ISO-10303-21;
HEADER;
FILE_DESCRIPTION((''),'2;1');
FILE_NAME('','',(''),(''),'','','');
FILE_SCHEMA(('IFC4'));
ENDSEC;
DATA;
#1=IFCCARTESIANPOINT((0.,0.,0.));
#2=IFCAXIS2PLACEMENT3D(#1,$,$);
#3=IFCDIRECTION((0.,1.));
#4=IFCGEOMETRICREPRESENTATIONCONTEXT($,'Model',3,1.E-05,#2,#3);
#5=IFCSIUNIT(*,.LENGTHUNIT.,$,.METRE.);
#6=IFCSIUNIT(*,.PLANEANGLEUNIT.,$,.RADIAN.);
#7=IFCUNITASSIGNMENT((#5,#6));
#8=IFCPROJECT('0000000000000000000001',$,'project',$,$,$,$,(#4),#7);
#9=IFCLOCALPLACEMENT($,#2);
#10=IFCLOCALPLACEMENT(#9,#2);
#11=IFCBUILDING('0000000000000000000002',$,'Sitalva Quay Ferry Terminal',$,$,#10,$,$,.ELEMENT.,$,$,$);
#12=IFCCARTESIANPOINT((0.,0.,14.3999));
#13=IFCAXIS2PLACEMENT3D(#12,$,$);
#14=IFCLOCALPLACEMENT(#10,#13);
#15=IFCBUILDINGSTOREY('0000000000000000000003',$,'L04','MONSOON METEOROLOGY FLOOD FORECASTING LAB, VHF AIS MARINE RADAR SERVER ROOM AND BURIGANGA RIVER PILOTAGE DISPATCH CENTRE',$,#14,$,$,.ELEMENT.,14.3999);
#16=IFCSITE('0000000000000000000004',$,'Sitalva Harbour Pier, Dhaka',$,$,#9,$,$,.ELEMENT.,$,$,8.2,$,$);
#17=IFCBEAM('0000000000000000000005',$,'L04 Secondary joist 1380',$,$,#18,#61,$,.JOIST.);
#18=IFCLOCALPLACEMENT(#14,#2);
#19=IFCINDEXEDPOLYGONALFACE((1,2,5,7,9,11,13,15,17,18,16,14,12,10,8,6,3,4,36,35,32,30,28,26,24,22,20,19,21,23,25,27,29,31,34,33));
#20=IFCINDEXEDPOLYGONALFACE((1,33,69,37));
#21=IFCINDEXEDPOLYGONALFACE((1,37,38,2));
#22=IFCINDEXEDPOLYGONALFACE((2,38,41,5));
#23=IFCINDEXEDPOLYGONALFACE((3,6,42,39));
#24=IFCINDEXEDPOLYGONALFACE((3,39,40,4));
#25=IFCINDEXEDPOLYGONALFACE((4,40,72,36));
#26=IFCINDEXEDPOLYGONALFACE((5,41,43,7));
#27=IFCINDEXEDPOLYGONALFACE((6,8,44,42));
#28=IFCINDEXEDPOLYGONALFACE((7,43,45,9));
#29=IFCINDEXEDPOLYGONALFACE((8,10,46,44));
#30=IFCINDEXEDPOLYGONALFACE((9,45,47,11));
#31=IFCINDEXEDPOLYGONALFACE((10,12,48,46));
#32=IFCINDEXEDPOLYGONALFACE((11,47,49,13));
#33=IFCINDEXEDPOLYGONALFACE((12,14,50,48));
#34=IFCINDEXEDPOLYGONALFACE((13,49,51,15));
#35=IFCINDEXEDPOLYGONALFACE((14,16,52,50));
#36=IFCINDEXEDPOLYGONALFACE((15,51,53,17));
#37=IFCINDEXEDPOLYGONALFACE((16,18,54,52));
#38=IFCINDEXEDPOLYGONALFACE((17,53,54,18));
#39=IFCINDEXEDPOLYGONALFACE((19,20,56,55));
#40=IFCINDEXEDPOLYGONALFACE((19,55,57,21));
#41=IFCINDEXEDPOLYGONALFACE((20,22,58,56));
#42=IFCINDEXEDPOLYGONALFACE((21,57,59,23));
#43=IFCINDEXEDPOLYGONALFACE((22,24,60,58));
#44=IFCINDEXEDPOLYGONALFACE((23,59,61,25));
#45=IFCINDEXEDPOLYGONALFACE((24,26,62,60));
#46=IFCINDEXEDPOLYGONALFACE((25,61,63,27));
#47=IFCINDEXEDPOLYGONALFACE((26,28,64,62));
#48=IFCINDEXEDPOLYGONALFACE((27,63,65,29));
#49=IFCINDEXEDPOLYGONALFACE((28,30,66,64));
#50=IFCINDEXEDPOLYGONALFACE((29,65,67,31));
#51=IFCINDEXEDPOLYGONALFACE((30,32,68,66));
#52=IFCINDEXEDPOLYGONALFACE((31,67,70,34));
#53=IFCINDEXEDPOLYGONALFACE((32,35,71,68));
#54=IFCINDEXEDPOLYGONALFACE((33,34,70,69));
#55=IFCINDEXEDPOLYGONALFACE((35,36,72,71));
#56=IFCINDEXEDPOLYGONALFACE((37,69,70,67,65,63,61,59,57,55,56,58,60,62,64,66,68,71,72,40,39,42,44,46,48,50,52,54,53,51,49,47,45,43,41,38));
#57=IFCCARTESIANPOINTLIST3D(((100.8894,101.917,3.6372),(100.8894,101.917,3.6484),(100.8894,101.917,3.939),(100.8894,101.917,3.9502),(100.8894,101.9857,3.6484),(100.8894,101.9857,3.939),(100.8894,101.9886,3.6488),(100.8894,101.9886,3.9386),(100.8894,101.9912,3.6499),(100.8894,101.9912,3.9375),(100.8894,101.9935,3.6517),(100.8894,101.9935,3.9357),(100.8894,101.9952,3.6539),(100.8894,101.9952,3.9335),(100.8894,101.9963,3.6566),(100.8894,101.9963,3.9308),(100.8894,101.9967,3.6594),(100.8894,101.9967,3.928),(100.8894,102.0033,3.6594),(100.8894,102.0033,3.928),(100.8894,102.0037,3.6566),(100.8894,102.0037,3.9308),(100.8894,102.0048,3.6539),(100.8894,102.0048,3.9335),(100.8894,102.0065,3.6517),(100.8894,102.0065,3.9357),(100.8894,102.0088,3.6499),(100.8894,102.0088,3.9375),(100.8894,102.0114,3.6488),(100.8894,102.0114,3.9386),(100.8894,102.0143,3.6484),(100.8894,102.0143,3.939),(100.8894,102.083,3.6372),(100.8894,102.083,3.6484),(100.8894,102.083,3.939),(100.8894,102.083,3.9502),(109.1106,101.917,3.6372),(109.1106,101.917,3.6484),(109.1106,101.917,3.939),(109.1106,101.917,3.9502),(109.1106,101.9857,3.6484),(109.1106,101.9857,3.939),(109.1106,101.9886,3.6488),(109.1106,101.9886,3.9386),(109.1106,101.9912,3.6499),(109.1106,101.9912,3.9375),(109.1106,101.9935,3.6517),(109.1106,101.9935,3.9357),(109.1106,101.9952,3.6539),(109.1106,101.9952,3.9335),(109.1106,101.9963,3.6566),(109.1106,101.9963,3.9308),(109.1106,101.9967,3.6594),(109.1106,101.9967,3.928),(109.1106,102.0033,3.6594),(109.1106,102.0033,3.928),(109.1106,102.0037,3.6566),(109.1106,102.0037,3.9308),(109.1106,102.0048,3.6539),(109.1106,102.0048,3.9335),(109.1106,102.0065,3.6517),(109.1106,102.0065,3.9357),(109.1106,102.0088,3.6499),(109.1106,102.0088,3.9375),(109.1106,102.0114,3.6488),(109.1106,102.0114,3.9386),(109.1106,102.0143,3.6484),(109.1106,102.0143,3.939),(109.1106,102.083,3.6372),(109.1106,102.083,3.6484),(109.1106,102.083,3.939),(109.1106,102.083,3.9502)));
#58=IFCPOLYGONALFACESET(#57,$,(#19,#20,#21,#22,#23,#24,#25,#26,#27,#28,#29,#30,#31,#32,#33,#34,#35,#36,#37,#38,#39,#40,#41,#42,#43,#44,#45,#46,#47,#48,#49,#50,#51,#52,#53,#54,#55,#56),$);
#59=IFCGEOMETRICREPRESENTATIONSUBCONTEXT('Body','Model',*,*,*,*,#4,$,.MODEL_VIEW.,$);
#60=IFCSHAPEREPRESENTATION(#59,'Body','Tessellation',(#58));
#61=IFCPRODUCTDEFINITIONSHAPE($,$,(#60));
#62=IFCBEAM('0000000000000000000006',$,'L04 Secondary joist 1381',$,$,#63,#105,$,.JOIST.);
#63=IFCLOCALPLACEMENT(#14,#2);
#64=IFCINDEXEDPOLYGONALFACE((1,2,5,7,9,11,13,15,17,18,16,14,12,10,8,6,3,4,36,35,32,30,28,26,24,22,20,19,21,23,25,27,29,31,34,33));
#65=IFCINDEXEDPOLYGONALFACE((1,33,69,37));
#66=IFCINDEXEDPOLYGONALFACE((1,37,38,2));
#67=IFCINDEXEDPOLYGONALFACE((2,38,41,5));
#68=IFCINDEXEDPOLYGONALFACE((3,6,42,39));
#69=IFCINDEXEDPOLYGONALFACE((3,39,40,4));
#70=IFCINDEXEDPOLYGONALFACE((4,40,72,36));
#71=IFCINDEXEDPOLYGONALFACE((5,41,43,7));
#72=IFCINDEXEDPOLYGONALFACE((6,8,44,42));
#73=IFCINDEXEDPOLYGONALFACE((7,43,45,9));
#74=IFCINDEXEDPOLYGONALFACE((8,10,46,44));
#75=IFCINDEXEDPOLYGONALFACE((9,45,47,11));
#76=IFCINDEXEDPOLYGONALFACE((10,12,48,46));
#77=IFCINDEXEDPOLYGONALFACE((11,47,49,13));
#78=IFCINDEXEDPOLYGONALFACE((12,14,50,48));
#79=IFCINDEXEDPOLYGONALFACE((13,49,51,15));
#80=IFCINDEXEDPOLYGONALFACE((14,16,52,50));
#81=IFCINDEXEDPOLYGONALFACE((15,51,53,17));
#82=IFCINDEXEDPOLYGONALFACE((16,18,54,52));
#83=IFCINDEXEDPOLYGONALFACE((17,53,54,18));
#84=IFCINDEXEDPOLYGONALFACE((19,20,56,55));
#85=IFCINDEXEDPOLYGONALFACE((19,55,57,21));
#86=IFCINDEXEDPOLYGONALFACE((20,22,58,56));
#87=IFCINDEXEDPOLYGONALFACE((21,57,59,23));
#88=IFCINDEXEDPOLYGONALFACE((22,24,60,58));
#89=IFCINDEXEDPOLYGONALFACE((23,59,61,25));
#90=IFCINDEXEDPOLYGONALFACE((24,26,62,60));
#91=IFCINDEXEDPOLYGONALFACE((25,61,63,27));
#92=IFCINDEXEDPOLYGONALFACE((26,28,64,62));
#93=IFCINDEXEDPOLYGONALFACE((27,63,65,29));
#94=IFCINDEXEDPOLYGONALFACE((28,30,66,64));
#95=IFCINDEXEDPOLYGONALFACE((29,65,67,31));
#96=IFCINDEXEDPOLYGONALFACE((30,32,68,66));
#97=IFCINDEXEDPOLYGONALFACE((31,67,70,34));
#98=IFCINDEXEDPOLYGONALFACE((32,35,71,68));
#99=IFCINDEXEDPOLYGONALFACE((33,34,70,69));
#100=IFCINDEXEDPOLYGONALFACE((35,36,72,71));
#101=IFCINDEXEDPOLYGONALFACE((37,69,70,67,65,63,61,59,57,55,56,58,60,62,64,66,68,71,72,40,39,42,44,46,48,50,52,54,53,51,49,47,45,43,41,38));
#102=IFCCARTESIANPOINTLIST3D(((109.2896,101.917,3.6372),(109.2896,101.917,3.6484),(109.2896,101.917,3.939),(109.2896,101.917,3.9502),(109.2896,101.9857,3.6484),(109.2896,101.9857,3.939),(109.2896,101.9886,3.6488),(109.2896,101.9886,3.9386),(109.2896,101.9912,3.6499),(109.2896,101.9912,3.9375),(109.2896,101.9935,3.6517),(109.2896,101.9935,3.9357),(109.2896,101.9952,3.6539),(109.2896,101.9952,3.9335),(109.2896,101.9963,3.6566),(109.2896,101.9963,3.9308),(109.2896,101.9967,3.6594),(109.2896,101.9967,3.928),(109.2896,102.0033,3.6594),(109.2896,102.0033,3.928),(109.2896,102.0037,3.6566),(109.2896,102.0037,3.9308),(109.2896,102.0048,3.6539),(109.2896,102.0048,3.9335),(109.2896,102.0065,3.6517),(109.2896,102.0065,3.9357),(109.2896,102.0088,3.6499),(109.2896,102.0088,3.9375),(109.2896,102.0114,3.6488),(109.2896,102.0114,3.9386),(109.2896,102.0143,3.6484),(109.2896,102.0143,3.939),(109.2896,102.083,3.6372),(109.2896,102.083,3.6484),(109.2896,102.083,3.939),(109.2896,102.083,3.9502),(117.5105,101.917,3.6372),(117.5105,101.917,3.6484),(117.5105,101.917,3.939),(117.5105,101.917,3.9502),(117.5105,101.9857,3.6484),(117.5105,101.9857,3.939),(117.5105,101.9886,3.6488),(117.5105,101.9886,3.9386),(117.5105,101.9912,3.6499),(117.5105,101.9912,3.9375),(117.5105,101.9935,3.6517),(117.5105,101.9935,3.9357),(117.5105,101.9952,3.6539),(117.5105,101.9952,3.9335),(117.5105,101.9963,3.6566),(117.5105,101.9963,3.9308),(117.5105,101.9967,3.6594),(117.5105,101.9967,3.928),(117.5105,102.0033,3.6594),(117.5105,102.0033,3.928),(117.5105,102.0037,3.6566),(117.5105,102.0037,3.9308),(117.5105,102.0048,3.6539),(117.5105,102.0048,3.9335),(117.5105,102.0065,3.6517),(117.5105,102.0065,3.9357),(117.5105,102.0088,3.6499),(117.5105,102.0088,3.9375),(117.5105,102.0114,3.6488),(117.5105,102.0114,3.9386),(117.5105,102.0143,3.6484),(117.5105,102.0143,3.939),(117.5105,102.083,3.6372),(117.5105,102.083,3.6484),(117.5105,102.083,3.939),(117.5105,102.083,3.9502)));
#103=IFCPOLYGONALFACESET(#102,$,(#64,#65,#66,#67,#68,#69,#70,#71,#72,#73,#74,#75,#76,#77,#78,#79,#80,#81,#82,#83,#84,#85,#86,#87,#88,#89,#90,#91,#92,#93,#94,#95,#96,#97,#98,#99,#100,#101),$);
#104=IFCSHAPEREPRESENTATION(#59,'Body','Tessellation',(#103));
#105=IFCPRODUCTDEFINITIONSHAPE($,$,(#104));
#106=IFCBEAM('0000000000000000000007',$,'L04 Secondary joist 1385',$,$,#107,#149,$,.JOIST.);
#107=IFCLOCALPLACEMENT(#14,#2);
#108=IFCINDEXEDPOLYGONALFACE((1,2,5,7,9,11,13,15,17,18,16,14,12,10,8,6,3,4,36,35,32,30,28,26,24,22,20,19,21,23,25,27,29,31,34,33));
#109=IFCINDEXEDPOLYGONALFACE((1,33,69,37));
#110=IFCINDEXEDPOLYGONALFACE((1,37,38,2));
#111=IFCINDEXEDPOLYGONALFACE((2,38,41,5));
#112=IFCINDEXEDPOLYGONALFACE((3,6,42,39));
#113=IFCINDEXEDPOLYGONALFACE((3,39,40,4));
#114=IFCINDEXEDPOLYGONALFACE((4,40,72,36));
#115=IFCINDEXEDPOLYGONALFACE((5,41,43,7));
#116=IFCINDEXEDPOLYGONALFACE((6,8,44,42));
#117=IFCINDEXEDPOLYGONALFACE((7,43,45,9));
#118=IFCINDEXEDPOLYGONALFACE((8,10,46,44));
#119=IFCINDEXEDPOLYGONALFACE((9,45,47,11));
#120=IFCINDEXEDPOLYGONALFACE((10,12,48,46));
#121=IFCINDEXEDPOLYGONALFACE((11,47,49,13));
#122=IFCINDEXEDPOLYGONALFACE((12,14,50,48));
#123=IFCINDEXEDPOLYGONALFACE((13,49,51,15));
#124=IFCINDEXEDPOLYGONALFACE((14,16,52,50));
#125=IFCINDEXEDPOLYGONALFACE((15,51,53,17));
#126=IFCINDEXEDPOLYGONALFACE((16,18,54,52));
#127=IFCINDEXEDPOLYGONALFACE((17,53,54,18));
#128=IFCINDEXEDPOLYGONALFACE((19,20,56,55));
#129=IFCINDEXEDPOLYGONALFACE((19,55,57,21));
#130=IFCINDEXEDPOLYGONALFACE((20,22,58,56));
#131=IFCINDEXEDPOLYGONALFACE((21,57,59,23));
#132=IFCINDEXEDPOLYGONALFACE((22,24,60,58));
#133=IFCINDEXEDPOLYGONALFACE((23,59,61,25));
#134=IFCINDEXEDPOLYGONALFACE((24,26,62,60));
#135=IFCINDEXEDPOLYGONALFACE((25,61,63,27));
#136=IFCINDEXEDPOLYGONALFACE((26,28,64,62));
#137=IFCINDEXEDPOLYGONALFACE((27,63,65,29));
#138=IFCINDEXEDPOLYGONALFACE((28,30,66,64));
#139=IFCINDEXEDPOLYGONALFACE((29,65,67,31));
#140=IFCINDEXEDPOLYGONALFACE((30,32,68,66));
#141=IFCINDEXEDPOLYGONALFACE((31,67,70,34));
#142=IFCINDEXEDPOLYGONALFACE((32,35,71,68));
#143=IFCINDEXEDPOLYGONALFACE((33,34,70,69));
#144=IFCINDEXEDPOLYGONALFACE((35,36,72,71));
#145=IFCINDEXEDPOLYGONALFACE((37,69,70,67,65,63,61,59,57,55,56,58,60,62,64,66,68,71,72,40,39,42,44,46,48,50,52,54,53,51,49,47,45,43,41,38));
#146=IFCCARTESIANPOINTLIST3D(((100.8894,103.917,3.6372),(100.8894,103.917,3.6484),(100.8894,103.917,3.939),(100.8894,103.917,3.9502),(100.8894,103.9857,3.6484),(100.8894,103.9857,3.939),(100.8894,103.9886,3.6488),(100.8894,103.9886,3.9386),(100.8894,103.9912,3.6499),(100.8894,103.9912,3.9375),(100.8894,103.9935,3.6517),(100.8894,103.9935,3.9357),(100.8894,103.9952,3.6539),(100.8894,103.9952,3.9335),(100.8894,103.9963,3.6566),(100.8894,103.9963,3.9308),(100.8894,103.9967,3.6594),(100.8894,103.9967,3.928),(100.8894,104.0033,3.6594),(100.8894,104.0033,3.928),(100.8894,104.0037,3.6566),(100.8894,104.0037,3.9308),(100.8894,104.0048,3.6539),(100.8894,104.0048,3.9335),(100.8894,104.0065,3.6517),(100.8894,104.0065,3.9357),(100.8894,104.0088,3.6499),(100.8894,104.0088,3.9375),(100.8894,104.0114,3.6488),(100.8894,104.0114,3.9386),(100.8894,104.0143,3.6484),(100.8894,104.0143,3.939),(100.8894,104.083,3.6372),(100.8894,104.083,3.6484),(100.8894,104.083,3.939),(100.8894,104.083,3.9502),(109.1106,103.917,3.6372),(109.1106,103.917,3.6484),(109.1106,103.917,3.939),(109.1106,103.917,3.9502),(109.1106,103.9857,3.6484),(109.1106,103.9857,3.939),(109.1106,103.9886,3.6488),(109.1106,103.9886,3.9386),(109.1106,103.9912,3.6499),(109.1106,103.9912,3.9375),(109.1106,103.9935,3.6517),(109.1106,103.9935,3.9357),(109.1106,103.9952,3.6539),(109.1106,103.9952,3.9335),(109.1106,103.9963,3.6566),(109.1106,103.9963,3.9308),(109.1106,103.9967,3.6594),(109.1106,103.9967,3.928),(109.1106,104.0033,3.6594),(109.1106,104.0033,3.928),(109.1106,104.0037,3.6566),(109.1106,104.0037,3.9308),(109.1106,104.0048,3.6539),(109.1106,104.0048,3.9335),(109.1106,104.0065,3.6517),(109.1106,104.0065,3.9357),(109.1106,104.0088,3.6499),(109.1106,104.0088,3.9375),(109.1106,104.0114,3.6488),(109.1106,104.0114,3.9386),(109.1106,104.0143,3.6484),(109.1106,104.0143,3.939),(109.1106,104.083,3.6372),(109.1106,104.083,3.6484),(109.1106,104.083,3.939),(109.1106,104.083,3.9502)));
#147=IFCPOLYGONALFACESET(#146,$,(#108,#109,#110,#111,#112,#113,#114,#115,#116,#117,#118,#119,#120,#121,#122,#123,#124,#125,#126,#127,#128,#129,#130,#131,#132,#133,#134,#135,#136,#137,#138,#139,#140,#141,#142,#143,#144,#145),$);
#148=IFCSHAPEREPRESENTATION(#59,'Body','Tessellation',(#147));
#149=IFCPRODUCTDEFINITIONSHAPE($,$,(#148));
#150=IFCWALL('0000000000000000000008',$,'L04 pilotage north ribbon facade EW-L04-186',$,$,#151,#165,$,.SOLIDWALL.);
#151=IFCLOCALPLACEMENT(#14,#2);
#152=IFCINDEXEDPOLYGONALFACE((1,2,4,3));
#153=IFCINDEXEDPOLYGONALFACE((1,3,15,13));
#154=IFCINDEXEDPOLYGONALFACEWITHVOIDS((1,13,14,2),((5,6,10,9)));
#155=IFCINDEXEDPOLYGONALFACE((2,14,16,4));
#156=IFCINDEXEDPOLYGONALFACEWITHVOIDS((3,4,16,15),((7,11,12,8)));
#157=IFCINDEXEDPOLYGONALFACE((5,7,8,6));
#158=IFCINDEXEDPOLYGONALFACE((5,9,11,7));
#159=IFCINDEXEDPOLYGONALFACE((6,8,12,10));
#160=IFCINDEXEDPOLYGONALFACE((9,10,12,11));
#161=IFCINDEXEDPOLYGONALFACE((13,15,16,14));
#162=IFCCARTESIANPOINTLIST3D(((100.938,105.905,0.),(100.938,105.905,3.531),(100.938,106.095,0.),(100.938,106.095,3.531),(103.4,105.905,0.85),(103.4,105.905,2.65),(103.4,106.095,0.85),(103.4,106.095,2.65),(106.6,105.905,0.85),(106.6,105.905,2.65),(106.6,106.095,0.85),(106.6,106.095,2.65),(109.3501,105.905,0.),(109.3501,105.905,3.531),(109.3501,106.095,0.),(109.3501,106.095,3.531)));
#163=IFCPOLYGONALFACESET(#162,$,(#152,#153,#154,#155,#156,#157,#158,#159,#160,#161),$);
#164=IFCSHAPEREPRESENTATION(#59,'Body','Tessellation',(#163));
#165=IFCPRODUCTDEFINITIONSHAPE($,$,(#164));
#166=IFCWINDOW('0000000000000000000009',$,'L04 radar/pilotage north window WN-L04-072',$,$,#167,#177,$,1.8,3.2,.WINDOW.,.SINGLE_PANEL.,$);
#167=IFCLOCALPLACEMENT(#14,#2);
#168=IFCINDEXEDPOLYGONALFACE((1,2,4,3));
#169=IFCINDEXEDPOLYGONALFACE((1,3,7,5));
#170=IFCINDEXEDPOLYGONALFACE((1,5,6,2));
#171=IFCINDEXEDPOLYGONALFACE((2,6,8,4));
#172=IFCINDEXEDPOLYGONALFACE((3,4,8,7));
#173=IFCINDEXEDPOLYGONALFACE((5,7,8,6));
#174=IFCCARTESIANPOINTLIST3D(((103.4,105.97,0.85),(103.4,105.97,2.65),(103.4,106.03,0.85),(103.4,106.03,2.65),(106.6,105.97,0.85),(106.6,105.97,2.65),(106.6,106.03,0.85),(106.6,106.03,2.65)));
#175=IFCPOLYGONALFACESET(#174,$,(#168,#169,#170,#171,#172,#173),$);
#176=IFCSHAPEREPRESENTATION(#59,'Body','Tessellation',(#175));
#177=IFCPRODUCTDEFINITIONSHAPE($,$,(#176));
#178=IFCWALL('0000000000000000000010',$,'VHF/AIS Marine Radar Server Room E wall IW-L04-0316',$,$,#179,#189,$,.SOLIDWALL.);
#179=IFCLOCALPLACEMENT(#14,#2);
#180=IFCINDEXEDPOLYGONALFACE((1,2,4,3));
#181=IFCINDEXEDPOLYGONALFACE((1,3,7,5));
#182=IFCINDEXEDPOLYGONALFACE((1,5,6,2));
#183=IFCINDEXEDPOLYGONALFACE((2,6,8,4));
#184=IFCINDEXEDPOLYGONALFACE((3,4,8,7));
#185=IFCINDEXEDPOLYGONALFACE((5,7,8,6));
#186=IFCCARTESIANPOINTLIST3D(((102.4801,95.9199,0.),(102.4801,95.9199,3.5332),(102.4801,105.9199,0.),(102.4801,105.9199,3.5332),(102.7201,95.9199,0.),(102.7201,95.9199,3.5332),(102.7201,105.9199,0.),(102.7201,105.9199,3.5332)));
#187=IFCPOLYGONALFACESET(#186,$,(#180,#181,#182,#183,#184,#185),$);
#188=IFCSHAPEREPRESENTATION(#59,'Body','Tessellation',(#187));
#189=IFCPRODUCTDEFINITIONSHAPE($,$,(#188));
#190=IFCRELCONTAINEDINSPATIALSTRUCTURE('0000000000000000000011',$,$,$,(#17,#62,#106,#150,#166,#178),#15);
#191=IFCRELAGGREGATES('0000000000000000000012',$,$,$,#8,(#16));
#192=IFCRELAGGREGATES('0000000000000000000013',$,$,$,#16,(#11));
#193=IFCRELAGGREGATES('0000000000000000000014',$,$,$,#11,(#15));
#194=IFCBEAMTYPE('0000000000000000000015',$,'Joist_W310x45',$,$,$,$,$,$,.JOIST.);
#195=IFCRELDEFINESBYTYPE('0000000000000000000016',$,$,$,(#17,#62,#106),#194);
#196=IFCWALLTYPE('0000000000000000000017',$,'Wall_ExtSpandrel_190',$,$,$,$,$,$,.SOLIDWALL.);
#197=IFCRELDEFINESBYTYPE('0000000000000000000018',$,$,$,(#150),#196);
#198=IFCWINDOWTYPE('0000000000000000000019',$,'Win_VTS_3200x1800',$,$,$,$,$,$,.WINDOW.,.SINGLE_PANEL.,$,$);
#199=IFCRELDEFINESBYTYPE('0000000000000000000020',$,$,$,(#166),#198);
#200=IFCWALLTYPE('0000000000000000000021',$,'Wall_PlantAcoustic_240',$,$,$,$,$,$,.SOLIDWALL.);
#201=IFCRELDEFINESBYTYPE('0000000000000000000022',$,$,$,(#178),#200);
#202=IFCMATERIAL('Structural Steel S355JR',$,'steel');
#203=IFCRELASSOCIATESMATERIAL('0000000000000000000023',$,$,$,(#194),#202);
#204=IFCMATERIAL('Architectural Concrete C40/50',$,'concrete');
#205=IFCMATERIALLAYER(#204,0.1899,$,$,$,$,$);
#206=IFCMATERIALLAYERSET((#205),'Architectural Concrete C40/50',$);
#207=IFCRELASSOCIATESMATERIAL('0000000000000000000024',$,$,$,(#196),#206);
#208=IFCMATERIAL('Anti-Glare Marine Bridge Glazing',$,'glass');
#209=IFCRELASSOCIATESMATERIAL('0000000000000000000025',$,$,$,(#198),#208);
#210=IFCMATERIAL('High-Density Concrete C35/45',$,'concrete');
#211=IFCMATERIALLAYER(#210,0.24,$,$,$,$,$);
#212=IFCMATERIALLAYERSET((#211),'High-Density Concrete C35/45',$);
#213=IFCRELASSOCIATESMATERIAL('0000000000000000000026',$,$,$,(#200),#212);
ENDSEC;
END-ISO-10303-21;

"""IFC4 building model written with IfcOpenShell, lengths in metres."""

from ifc_helpers import new_model, si_unit, direction, frame, frame_2d, origin, origin_2d, place, context, subcontext, project, spatial, rectangle, i_section, extrude, material, layer, layer_set, material_profile, profile_set, type_object, element, fill, save


model = new_model("IFC4")

# Units and contexts
model_context = context("Model", 3, precision=1e-05, world=origin(), true_north=direction((0.0, 1.0)))
body_context = subcontext(model_context, "Body", "Model", "MODEL_VIEW")
ifc_project = project(units=[si_unit("LENGTHUNIT", "METRE"), si_unit("PLANEANGLEUNIT", "RADIAN")], contexts=[model_context])

# Site, building, storey
site_placement = place(None, origin())
site = spatial("IfcSite", under=ifc_project, at=site_placement, Name="Sitalva Harbour Pier, Dhaka", CompositionType="ELEMENT", RefElevation=8.2)
building_placement = place(site_placement, origin())
building = spatial("IfcBuilding", under=site, at=building_placement, Name="Sitalva Quay Ferry Terminal", CompositionType="ELEMENT")
storey_placement = place(building_placement, frame((0.0, 0.0, 14.3999)))
storey = spatial("IfcBuildingStorey", under=building, at=storey_placement, Name="L04", Description="MONSOON METEOROLOGY FLOOD FORECASTING LAB, VHF AIS MARINE RADAR SERVER ROOM AND BURIGANGA RIVER PILOTAGE DISPATCH CENTRE", CompositionType="ELEMENT", Elevation=14.3999)

# Beams
ifc_material_1 = material(Name="Structural Steel S355JR", Category="steel")
ifc_material_profile_1 = material_profile(ifc_material_1, i_section(OverallWidth=0.166, OverallDepth=0.313, WebThickness=0.0066, FlangeThickness=0.0112, FilletRadius=0.011, at=origin_2d()), Name="W310x45")
ifc_profile_set_1 = profile_set([ifc_material_profile_1], Name="Structural Steel S355JR")
beam_type_1 = type_object("IfcBeamType", Name="Joist_W310x45", PredefinedType="JOIST", material=ifc_profile_set_1)
beam_1_placement = place(storey_placement, frame((100.8894, 102.0, 3.7937), z_axis=(1.0, 0.0, 0.0), x_axis=(0.0, 1.0, 0.0)))
element("IfcBeam", 1, at=beam_1_placement, inside=storey, type_object=beam_type_1, Name="L04 Secondary joist 1380", PredefinedType="JOIST", context=body_context, shape_type="SweptSolid", body=[
    extrude(i_section(OverallWidth=0.166, OverallDepth=0.313, WebThickness=0.0066, FlangeThickness=0.0112, FilletRadius=0.011, at=origin_2d()), origin(), (0.0, 0.0, 1.0), 8.2212),
])
beam_2_placement = place(storey_placement, frame((109.2896, 102.0, 3.7937), z_axis=(1.0, 0.0, 0.0), x_axis=(0.0, 1.0, 0.0)))
element("IfcBeam", 2, at=beam_2_placement, inside=storey, type_object=beam_type_1, Name="L04 Secondary joist 1381", PredefinedType="JOIST", context=body_context, shape_type="SweptSolid", body=[
    extrude(i_section(OverallWidth=0.166, OverallDepth=0.313, WebThickness=0.0066, FlangeThickness=0.0112, FilletRadius=0.011, at=origin_2d()), origin(), (0.0, 0.0, 1.0), 8.2209),
])
beam_3_placement = place(storey_placement, frame((100.8894, 104.0, 3.7937), z_axis=(1.0, 0.0, 0.0), x_axis=(0.0, 1.0, 0.0)))
element("IfcBeam", 3, at=beam_3_placement, inside=storey, type_object=beam_type_1, Name="L04 Secondary joist 1385", PredefinedType="JOIST", context=body_context, shape_type="SweptSolid", body=[
    extrude(i_section(OverallWidth=0.166, OverallDepth=0.313, WebThickness=0.0066, FlangeThickness=0.0112, FilletRadius=0.011, at=origin_2d()), origin(), (0.0, 0.0, 1.0), 8.2212),
])

# Wall, opening, window
ifc_material_2 = material(Name="Architectural Concrete C40/50", Category="concrete")
ifc_layer_1 = layer(ifc_material_2, 0.1899)
ifc_layer_set_1 = layer_set([ifc_layer_1], Name="Architectural Concrete C40/50")
wall_type_1 = type_object("IfcWallType", Name="Wall_ExtSpandrel_190", PredefinedType="SOLIDWALL", material=ifc_layer_set_1)
wall_1_placement = place(storey_placement, frame((100.938, 106.0, 0.0), z_axis=(0.0, 0.0, 1.0), x_axis=(1.0, 0.0, 0.0)))
wall_1 = element("IfcWall", 4, at=wall_1_placement, inside=storey, type_object=wall_type_1, Name="L04 pilotage north ribbon facade EW-L04-186", PredefinedType="SOLIDWALL", context=body_context, shape_type="SweptSolid", body=[
    extrude(rectangle(XDim=8.4121, YDim=0.1899, at=frame_2d((4.2061, 0.0))), origin(), (0.0, 0.0, 1.0), 3.531),
])
opening_placement = place(wall_1_placement, frame((2.4619, 0.0, 0.8501)))
opening = element("IfcOpeningElement", 5, at=opening_placement, cuts=wall_1, PredefinedType="OPENING", context=body_context, shape_type="SweptSolid", body=[
    extrude(rectangle(XDim=3.2, YDim=1.8, at=frame_2d((1.6001, 0.8999))), frame((0.0, 0.105, 0.0), z_axis=(0.0, -1.0, 0.0), x_axis=(1.0, 0.0, 0.0)), (0.0, 0.0, 1.0), 0.21),
])
ifc_material_3 = material(Name="Anti-Glare Marine Bridge Glazing", Category="glass")
window_type = type_object("IfcWindowType", Name="Win_VTS_3200x1800", PartitioningType="SINGLE_PANEL", PredefinedType="WINDOW", material=ifc_material_3)
window_placement = place(opening_placement, origin())
window = element("IfcWindow", 6, at=window_placement, inside=storey, type_object=window_type, Name="L04 radar/pilotage north window WN-L04-072", OverallHeight=1.8, OverallWidth=3.2, PartitioningType="SINGLE_PANEL", PredefinedType="WINDOW", context=body_context, shape_type="SweptSolid", body=[
    extrude(rectangle(XDim=3.2, YDim=1.8, at=frame_2d((1.6001, 0.8999))), frame((0.0, 0.03, 0.0), z_axis=(0.0, -1.0, 0.0), x_axis=(1.0, 0.0, 0.0)), (0.0, 0.0, 1.0), 0.0601),
])
fill(opening, window)

# Wall
ifc_material_4 = material(Name="High-Density Concrete C35/45", Category="concrete")
ifc_layer_2 = layer(ifc_material_4, 0.24)
ifc_layer_set_2 = layer_set([ifc_layer_2], Name="High-Density Concrete C35/45")
wall_type_2 = type_object("IfcWallType", Name="Wall_PlantAcoustic_240", PredefinedType="SOLIDWALL", material=ifc_layer_set_2)
wall_2_placement = place(storey_placement, frame((102.6001, 95.9199, 0.0), z_axis=(0.0, 0.0, 1.0), x_axis=(0.0, 1.0, 0.0)))
element("IfcWall", 7, at=wall_2_placement, inside=storey, type_object=wall_type_2, Name="VHF/AIS Marine Radar Server Room E wall IW-L04-0316", PredefinedType="SOLIDWALL", context=body_context, shape_type="SweptSolid", body=[
    extrude(rectangle(XDim=10.0, YDim=0.24, at=frame_2d((5.0, 0.0))), origin(), (0.0, 0.0, 1.0), 3.5332),
])

save(model, "model.ifc")
